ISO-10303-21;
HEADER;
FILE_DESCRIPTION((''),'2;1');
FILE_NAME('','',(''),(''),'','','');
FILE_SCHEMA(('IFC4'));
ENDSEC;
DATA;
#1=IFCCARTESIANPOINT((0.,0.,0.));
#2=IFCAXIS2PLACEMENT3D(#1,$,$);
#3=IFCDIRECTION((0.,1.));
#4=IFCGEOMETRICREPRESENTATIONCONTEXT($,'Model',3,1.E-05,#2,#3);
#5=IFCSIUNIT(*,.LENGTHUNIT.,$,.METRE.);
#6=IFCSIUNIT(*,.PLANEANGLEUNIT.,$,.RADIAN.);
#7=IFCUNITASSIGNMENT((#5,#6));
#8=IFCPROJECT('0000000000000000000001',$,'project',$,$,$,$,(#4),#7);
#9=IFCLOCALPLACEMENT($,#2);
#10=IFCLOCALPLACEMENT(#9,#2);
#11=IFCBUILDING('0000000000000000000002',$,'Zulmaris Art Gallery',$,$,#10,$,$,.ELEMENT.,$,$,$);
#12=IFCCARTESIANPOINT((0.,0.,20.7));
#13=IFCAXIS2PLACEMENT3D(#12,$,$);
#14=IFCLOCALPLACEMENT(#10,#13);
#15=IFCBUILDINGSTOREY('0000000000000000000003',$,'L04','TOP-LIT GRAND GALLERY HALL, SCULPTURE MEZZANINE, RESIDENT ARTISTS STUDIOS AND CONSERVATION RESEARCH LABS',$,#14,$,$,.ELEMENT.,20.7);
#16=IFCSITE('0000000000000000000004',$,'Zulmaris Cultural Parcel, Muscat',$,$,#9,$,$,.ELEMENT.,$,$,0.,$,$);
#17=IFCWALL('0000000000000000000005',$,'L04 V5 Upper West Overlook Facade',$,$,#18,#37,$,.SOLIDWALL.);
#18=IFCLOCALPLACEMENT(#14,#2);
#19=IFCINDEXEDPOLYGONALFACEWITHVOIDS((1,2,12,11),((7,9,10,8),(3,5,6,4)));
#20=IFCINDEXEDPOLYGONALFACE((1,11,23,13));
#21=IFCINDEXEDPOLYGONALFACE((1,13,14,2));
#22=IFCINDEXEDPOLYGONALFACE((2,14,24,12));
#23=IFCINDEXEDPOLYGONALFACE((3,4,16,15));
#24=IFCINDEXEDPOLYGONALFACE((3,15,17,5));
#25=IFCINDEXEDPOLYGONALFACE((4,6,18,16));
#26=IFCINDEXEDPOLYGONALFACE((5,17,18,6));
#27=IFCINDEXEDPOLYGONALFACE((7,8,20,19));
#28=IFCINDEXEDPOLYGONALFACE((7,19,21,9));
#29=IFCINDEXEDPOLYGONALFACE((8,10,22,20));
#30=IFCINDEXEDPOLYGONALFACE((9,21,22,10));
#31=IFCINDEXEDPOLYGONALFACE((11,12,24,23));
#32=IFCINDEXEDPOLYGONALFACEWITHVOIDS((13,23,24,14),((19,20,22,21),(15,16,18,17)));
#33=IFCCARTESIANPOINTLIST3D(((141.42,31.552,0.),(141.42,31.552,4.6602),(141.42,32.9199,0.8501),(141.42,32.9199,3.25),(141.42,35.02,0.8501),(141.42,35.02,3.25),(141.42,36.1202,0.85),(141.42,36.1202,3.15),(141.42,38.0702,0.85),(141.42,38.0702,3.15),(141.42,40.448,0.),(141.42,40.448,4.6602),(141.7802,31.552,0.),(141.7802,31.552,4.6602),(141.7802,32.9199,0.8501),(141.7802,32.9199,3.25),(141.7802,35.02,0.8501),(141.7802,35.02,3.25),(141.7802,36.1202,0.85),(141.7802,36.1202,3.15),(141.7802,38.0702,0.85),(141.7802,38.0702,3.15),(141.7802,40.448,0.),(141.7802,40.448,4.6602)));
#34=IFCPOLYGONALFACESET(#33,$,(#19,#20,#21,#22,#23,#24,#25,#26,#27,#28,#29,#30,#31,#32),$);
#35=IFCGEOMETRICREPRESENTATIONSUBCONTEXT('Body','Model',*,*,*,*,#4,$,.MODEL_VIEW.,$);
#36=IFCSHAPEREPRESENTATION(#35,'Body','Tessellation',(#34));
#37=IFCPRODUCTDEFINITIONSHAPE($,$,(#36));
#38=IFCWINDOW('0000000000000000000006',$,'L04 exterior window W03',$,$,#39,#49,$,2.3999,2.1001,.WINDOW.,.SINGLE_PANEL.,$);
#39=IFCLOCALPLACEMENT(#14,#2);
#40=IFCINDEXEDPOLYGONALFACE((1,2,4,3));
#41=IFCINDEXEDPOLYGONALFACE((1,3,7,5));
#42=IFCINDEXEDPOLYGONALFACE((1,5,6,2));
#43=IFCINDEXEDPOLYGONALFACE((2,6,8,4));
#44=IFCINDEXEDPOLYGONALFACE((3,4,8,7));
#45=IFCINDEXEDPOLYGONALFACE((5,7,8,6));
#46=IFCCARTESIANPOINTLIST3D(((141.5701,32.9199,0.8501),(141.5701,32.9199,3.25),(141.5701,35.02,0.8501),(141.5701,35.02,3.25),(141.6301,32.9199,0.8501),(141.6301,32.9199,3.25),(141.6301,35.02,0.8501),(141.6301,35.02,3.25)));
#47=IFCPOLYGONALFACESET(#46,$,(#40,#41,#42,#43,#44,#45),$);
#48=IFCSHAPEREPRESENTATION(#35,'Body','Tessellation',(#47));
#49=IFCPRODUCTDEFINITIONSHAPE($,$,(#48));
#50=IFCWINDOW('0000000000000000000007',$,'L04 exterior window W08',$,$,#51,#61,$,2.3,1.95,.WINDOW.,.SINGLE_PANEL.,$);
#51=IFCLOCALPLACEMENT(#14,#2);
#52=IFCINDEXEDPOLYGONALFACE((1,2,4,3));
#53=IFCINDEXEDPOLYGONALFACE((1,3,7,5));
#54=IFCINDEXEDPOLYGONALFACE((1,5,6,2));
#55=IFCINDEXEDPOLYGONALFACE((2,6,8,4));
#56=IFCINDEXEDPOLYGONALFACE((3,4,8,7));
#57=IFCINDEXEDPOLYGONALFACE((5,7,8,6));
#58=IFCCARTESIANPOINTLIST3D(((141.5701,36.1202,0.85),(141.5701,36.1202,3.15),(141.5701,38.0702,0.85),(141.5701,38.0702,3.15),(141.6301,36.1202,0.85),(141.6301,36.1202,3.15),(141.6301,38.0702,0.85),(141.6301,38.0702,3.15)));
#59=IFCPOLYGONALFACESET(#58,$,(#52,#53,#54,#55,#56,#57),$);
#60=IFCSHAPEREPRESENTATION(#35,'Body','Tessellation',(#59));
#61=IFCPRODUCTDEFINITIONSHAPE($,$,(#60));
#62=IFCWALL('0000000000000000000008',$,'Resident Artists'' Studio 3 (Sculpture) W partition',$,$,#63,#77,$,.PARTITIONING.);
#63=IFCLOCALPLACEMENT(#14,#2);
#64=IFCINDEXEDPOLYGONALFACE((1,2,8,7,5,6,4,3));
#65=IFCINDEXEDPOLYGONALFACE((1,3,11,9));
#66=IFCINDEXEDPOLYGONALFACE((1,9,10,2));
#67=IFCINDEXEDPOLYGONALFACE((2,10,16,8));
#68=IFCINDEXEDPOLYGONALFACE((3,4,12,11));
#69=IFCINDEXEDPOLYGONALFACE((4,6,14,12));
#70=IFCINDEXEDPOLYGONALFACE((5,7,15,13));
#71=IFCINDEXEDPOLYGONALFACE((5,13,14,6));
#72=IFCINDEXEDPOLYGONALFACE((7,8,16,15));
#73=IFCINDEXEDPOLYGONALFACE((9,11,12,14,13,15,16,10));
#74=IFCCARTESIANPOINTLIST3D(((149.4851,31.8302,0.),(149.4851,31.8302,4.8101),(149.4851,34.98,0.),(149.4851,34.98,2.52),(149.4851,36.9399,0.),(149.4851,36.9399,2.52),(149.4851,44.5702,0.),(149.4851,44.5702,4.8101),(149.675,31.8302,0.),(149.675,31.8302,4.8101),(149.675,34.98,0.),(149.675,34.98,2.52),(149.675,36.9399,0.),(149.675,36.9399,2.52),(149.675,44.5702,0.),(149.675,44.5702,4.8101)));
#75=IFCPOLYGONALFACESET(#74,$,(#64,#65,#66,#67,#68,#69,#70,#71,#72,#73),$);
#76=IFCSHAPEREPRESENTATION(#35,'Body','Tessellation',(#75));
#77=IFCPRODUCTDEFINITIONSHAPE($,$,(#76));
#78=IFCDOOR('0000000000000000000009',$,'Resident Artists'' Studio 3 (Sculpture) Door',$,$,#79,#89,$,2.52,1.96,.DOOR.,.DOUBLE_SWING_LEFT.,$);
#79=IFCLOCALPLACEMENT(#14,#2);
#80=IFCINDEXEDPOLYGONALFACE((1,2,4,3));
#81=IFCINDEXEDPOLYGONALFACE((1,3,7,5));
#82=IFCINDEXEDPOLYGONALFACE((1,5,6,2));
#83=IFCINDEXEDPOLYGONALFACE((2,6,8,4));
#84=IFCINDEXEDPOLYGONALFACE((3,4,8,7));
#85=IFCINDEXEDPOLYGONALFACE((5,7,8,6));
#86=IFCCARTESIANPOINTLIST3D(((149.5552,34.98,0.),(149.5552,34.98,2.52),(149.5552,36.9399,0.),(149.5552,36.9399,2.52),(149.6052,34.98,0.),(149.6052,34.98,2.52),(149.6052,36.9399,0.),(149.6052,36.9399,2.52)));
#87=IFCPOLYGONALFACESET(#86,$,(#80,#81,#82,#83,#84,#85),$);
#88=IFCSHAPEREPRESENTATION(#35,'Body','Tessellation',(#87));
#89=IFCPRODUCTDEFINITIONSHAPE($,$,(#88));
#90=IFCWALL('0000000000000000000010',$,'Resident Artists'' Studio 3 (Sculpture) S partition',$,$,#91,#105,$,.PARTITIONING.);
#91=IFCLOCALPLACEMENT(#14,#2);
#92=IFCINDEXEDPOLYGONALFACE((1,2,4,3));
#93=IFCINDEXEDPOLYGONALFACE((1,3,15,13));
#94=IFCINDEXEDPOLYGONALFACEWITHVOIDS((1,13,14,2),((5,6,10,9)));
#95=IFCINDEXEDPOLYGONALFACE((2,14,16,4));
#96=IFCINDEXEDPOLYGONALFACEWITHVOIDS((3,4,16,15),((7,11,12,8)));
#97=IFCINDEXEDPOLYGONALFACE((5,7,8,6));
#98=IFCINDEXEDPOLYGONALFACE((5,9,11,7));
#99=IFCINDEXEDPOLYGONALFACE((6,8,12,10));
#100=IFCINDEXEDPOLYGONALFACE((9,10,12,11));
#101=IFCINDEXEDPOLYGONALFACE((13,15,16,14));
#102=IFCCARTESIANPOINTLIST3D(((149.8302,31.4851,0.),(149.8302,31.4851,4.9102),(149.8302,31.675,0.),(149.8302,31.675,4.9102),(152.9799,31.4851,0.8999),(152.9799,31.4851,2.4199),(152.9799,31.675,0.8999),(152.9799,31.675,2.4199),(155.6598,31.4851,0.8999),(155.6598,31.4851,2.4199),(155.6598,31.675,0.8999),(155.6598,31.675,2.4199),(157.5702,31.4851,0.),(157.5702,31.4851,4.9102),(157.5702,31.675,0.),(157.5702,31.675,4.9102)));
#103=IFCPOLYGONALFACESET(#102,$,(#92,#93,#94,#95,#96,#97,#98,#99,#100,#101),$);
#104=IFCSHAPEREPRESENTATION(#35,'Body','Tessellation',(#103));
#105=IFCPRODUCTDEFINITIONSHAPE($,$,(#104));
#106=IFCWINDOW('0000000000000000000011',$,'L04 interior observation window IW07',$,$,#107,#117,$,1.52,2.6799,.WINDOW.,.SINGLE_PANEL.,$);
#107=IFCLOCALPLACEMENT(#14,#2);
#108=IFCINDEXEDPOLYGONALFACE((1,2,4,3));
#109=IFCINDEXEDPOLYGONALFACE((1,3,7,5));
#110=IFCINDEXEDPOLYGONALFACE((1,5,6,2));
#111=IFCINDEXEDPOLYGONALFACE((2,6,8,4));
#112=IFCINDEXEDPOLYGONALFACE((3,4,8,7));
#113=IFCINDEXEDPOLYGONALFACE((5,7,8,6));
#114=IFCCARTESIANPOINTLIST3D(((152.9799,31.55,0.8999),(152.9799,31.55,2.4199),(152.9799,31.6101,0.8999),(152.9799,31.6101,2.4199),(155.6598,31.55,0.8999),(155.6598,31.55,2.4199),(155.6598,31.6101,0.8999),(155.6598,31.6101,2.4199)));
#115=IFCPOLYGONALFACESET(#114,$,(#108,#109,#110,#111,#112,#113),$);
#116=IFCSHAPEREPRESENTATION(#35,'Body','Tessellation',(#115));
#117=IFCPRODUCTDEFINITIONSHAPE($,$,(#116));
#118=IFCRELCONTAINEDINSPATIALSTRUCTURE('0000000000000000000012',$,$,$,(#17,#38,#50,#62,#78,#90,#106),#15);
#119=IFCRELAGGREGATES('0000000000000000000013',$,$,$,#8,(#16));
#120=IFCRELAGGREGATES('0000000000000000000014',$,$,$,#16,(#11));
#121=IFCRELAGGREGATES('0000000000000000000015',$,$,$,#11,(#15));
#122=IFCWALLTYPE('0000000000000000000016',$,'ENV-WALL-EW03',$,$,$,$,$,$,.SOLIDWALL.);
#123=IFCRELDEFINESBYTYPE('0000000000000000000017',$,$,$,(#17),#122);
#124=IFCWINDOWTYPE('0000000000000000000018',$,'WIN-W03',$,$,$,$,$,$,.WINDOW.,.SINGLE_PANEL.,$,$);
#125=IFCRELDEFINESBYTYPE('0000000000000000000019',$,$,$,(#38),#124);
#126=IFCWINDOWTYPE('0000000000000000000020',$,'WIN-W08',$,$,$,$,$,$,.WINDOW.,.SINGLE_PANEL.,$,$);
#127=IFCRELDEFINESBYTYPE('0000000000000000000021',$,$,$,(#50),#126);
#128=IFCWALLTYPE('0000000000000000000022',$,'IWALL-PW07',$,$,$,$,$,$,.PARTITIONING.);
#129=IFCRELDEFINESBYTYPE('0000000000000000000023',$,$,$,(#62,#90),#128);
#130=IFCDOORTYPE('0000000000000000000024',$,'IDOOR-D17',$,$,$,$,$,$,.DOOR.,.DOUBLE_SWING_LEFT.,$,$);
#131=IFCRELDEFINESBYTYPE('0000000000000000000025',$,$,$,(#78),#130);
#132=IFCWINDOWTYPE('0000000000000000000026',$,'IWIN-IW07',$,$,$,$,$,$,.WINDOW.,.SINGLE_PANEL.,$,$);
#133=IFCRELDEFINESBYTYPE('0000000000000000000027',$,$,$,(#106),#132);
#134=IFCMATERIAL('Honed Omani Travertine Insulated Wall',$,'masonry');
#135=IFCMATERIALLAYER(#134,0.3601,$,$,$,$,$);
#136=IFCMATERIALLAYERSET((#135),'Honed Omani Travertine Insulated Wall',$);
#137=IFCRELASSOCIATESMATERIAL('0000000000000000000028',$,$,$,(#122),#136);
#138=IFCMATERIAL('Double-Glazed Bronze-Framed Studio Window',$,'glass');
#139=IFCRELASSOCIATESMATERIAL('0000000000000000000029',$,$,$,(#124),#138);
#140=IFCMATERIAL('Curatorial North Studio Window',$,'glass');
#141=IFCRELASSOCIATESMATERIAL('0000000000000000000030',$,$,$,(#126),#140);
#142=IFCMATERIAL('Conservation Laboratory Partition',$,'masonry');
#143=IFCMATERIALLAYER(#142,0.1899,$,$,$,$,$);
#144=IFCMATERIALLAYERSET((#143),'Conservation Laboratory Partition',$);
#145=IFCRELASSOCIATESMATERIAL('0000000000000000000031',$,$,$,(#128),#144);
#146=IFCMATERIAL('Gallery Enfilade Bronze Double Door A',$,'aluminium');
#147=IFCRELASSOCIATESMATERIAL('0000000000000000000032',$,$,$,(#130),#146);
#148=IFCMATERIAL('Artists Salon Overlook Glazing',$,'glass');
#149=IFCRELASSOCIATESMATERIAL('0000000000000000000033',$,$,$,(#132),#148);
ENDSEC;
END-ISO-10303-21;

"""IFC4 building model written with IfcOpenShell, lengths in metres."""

from ifc_helpers import new_model, si_unit, direction, frame, frame_2d, origin, place, context, subcontext, project, spatial, rectangle, extrude, material, layer, layer_set, type_object, element, fill, save


model = new_model("IFC4")

# Units and contexts
model_context = context("Model", 3, precision=1e-05, world=origin(), true_north=direction((0.0, 1.0)))
body_context = subcontext(model_context, "Body", "Model", "MODEL_VIEW")
ifc_project = project(units=[si_unit("LENGTHUNIT", "METRE"), si_unit("PLANEANGLEUNIT", "RADIAN")], contexts=[model_context])

# Site, building, storey
site_placement = place(None, origin())
site = spatial("IfcSite", under=ifc_project, at=site_placement, Name="Zulmaris Cultural Parcel, Muscat", CompositionType="ELEMENT", RefElevation=0.0)
building_placement = place(site_placement, origin())
building = spatial("IfcBuilding", under=site, at=building_placement, Name="Zulmaris Art Gallery", CompositionType="ELEMENT")
storey_placement = place(building_placement, frame((0.0, 0.0, 20.7)))
storey = spatial("IfcBuildingStorey", under=building, at=storey_placement, Name="L04", Description="TOP-LIT GRAND GALLERY HALL, SCULPTURE MEZZANINE, RESIDENT ARTISTS STUDIOS AND CONSERVATION RESEARCH LABS", CompositionType="ELEMENT", Elevation=20.7)

# Wall, openings, windows
ifc_material_1 = material(Name="Honed Omani Travertine Insulated Wall", Category="masonry")
ifc_layer_1 = layer(ifc_material_1, 0.3601)
ifc_layer_set_1 = layer_set([ifc_layer_1], Name="Honed Omani Travertine Insulated Wall")
wall_type_1 = type_object("IfcWallType", Name="ENV-WALL-EW03", PredefinedType="SOLIDWALL", material=ifc_layer_set_1)
wall_1_placement = place(storey_placement, frame((141.6001, 31.552, 0.0), z_axis=(0.0, 0.0, 1.0), x_axis=(0.0, 1.0, 0.0)))
wall_1 = element("IfcWall", 1, at=wall_1_placement, inside=storey, type_object=wall_type_1, Name="L04 V5 Upper West Overlook Facade", PredefinedType="SOLIDWALL", context=body_context, shape_type="SweptSolid", body=[
    extrude(rectangle(XDim=8.896, YDim=0.3601, at=frame_2d((4.448, 0.0))), origin(), (0.0, 0.0, 1.0), 4.6602),
])
opening_1_placement = place(wall_1_placement, frame((1.3679, 0.0, 0.8501)))
opening_1 = element("IfcOpeningElement", 2, at=opening_1_placement, cuts=wall_1, PredefinedType="OPENING", context=body_context, shape_type="SweptSolid", body=[
    extrude(rectangle(XDim=2.1001, YDim=2.3999, at=frame_2d((1.05, 1.2))), frame((0.0, 0.1899, 0.0), z_axis=(0.0, -1.0, 0.0), x_axis=(1.0, 0.0, 0.0)), (0.0, 0.0, 1.0), 0.3801),
])
opening_2_placement = place(wall_1_placement, frame((4.5681, 0.0, 0.8501)))
opening_2 = element("IfcOpeningElement", 3, at=opening_2_placement, cuts=wall_1, PredefinedType="OPENING", context=body_context, shape_type="SweptSolid", body=[
    extrude(rectangle(XDim=1.95, YDim=2.3, at=frame_2d((0.9751, 1.1499))), frame((0.0, 0.1899, 0.0), z_axis=(0.0, -1.0, 0.0), x_axis=(1.0, 0.0, 0.0)), (0.0, 0.0, 1.0), 0.3801),
])
ifc_material_2 = material(Name="Double-Glazed Bronze-Framed Studio Window", Category="glass")
window_type_1 = type_object("IfcWindowType", Name="WIN-W03", PartitioningType="SINGLE_PANEL", PredefinedType="WINDOW", material=ifc_material_2)
window_1_placement = place(opening_1_placement, origin())
window_1 = element("IfcWindow", 4, at=window_1_placement, inside=storey, type_object=window_type_1, Name="L04 exterior window W03", OverallHeight=2.3999, OverallWidth=2.1001, PartitioningType="SINGLE_PANEL", PredefinedType="WINDOW", context=body_context, shape_type="SweptSolid", body=[
    extrude(rectangle(XDim=2.1001, YDim=2.3999, at=frame_2d((1.05, 1.2))), frame((0.0, 0.03, 0.0), z_axis=(0.0, -1.0, 0.0), x_axis=(1.0, 0.0, 0.0)), (0.0, 0.0, 1.0), 0.0601),
])
fill(opening_1, window_1)
ifc_material_3 = material(Name="Curatorial North Studio Window", Category="glass")
window_type_2 = type_object("IfcWindowType", Name="WIN-W08", PartitioningType="SINGLE_PANEL", PredefinedType="WINDOW", material=ifc_material_3)
window_2_placement = place(opening_2_placement, origin())
window_2 = element("IfcWindow", 5, at=window_2_placement, inside=storey, type_object=window_type_2, Name="L04 exterior window W08", OverallHeight=2.3, OverallWidth=1.95, PartitioningType="SINGLE_PANEL", PredefinedType="WINDOW", context=body_context, shape_type="SweptSolid", body=[
    extrude(rectangle(XDim=1.95, YDim=2.3, at=frame_2d((0.9751, 1.1499))), frame((0.0, 0.03, 0.0), z_axis=(0.0, -1.0, 0.0), x_axis=(1.0, 0.0, 0.0)), (0.0, 0.0, 1.0), 0.0601),
])
fill(opening_2, window_2)

# Wall, opening, door
ifc_material_4 = material(Name="Conservation Laboratory Partition", Category="masonry")
ifc_layer_2 = layer(ifc_material_4, 0.1899)
ifc_layer_set_2 = layer_set([ifc_layer_2], Name="Conservation Laboratory Partition")
wall_type_2 = type_object("IfcWallType", Name="IWALL-PW07", PredefinedType="PARTITIONING", material=ifc_layer_set_2)
wall_2_placement = place(storey_placement, frame((149.5801, 31.8301, 0.0), z_axis=(0.0, 0.0, 1.0), x_axis=(0.0, 1.0, 0.0)))
wall_2 = element("IfcWall", 6, at=wall_2_placement, inside=storey, type_object=wall_type_2, Name="Resident Artists' Studio 3 (Sculpture) W partition", PredefinedType="PARTITIONING", context=body_context, shape_type="SweptSolid", body=[
    extrude(rectangle(XDim=12.74, YDim=0.1899, at=frame_2d((6.3701, 0.0))), origin(), (0.0, 0.0, 1.0), 4.8101),
])
opening_3_placement = place(wall_2_placement, frame((3.1499, 0.0, 0.0)))
opening_3 = element("IfcOpeningElement", 7, at=opening_3_placement, cuts=wall_2, PredefinedType="OPENING", context=body_context, shape_type="SweptSolid", body=[
    extrude(rectangle(XDim=1.96, YDim=2.52, at=frame_2d((0.98, 1.26))), frame((0.0, 0.105, 0.0), z_axis=(0.0, -1.0, 0.0), x_axis=(1.0, 0.0, 0.0)), (0.0, 0.0, 1.0), 0.21),
])
ifc_material_5 = material(Name="Gallery Enfilade Bronze Double Door A", Category="aluminium")
door_type = type_object("IfcDoorType", Name="IDOOR-D17", OperationType="DOUBLE_SWING_LEFT", PredefinedType="DOOR", material=ifc_material_5)
door_placement = place(opening_3_placement, origin())
door = element("IfcDoor", 8, at=door_placement, inside=storey, type_object=door_type, Name="Resident Artists' Studio 3 (Sculpture) Door", OperationType="DOUBLE_SWING_LEFT", OverallHeight=2.52, OverallWidth=1.96, PredefinedType="DOOR", context=body_context, shape_type="SweptSolid", body=[
    extrude(rectangle(XDim=1.96, YDim=2.52, at=frame_2d((0.98, 1.26))), frame((0.0, 0.0249, 0.0), z_axis=(0.0, -1.0, 0.0), x_axis=(1.0, 0.0, 0.0)), (0.0, 0.0, 1.0), 0.05),
])
fill(opening_3, door)

# Wall, opening, window
wall_3_placement = place(storey_placement, frame((149.8301, 31.5801, 0.0), z_axis=(0.0, 0.0, 1.0), x_axis=(1.0, 0.0, 0.0)))
wall_3 = element("IfcWall", 9, at=wall_3_placement, inside=storey, type_object=wall_type_2, Name="Resident Artists' Studio 3 (Sculpture) S partition", PredefinedType="PARTITIONING", context=body_context, shape_type="SweptSolid", body=[
    extrude(rectangle(XDim=7.74, YDim=0.1899, at=frame_2d((3.8701, 0.0))), origin(), (0.0, 0.0, 1.0), 4.9102),
])
opening_4_placement = place(wall_3_placement, frame((3.1499, 0.0, 0.8999)))
opening_4 = element("IfcOpeningElement", 10, at=opening_4_placement, cuts=wall_3, PredefinedType="OPENING", context=body_context, shape_type="SweptSolid", body=[
    extrude(rectangle(XDim=2.6799, YDim=1.52, at=frame_2d((1.3398, 0.76))), frame((0.0, 0.105, 0.0), z_axis=(0.0, -1.0, 0.0), x_axis=(1.0, 0.0, 0.0)), (0.0, 0.0, 1.0), 0.21),
])
ifc_material_6 = material(Name="Artists Salon Overlook Glazing", Category="glass")
window_type_3 = type_object("IfcWindowType", Name="IWIN-IW07", PartitioningType="SINGLE_PANEL", PredefinedType="WINDOW", material=ifc_material_6)
window_3_placement = place(opening_4_placement, origin())
window_3 = element("IfcWindow", 11, at=window_3_placement, inside=storey, type_object=window_type_3, Name="L04 interior observation window IW07", OverallHeight=1.52, OverallWidth=2.6799, PartitioningType="SINGLE_PANEL", PredefinedType="WINDOW", context=body_context, shape_type="SweptSolid", body=[
    extrude(rectangle(XDim=2.6799, YDim=1.52, at=frame_2d((1.3398, 0.76))), frame((0.0, 0.03, 0.0), z_axis=(0.0, -1.0, 0.0), x_axis=(1.0, 0.0, 0.0)), (0.0, 0.0, 1.0), 0.0601),
])
fill(opening_4, window_3)

save(model, "model.ifc")
